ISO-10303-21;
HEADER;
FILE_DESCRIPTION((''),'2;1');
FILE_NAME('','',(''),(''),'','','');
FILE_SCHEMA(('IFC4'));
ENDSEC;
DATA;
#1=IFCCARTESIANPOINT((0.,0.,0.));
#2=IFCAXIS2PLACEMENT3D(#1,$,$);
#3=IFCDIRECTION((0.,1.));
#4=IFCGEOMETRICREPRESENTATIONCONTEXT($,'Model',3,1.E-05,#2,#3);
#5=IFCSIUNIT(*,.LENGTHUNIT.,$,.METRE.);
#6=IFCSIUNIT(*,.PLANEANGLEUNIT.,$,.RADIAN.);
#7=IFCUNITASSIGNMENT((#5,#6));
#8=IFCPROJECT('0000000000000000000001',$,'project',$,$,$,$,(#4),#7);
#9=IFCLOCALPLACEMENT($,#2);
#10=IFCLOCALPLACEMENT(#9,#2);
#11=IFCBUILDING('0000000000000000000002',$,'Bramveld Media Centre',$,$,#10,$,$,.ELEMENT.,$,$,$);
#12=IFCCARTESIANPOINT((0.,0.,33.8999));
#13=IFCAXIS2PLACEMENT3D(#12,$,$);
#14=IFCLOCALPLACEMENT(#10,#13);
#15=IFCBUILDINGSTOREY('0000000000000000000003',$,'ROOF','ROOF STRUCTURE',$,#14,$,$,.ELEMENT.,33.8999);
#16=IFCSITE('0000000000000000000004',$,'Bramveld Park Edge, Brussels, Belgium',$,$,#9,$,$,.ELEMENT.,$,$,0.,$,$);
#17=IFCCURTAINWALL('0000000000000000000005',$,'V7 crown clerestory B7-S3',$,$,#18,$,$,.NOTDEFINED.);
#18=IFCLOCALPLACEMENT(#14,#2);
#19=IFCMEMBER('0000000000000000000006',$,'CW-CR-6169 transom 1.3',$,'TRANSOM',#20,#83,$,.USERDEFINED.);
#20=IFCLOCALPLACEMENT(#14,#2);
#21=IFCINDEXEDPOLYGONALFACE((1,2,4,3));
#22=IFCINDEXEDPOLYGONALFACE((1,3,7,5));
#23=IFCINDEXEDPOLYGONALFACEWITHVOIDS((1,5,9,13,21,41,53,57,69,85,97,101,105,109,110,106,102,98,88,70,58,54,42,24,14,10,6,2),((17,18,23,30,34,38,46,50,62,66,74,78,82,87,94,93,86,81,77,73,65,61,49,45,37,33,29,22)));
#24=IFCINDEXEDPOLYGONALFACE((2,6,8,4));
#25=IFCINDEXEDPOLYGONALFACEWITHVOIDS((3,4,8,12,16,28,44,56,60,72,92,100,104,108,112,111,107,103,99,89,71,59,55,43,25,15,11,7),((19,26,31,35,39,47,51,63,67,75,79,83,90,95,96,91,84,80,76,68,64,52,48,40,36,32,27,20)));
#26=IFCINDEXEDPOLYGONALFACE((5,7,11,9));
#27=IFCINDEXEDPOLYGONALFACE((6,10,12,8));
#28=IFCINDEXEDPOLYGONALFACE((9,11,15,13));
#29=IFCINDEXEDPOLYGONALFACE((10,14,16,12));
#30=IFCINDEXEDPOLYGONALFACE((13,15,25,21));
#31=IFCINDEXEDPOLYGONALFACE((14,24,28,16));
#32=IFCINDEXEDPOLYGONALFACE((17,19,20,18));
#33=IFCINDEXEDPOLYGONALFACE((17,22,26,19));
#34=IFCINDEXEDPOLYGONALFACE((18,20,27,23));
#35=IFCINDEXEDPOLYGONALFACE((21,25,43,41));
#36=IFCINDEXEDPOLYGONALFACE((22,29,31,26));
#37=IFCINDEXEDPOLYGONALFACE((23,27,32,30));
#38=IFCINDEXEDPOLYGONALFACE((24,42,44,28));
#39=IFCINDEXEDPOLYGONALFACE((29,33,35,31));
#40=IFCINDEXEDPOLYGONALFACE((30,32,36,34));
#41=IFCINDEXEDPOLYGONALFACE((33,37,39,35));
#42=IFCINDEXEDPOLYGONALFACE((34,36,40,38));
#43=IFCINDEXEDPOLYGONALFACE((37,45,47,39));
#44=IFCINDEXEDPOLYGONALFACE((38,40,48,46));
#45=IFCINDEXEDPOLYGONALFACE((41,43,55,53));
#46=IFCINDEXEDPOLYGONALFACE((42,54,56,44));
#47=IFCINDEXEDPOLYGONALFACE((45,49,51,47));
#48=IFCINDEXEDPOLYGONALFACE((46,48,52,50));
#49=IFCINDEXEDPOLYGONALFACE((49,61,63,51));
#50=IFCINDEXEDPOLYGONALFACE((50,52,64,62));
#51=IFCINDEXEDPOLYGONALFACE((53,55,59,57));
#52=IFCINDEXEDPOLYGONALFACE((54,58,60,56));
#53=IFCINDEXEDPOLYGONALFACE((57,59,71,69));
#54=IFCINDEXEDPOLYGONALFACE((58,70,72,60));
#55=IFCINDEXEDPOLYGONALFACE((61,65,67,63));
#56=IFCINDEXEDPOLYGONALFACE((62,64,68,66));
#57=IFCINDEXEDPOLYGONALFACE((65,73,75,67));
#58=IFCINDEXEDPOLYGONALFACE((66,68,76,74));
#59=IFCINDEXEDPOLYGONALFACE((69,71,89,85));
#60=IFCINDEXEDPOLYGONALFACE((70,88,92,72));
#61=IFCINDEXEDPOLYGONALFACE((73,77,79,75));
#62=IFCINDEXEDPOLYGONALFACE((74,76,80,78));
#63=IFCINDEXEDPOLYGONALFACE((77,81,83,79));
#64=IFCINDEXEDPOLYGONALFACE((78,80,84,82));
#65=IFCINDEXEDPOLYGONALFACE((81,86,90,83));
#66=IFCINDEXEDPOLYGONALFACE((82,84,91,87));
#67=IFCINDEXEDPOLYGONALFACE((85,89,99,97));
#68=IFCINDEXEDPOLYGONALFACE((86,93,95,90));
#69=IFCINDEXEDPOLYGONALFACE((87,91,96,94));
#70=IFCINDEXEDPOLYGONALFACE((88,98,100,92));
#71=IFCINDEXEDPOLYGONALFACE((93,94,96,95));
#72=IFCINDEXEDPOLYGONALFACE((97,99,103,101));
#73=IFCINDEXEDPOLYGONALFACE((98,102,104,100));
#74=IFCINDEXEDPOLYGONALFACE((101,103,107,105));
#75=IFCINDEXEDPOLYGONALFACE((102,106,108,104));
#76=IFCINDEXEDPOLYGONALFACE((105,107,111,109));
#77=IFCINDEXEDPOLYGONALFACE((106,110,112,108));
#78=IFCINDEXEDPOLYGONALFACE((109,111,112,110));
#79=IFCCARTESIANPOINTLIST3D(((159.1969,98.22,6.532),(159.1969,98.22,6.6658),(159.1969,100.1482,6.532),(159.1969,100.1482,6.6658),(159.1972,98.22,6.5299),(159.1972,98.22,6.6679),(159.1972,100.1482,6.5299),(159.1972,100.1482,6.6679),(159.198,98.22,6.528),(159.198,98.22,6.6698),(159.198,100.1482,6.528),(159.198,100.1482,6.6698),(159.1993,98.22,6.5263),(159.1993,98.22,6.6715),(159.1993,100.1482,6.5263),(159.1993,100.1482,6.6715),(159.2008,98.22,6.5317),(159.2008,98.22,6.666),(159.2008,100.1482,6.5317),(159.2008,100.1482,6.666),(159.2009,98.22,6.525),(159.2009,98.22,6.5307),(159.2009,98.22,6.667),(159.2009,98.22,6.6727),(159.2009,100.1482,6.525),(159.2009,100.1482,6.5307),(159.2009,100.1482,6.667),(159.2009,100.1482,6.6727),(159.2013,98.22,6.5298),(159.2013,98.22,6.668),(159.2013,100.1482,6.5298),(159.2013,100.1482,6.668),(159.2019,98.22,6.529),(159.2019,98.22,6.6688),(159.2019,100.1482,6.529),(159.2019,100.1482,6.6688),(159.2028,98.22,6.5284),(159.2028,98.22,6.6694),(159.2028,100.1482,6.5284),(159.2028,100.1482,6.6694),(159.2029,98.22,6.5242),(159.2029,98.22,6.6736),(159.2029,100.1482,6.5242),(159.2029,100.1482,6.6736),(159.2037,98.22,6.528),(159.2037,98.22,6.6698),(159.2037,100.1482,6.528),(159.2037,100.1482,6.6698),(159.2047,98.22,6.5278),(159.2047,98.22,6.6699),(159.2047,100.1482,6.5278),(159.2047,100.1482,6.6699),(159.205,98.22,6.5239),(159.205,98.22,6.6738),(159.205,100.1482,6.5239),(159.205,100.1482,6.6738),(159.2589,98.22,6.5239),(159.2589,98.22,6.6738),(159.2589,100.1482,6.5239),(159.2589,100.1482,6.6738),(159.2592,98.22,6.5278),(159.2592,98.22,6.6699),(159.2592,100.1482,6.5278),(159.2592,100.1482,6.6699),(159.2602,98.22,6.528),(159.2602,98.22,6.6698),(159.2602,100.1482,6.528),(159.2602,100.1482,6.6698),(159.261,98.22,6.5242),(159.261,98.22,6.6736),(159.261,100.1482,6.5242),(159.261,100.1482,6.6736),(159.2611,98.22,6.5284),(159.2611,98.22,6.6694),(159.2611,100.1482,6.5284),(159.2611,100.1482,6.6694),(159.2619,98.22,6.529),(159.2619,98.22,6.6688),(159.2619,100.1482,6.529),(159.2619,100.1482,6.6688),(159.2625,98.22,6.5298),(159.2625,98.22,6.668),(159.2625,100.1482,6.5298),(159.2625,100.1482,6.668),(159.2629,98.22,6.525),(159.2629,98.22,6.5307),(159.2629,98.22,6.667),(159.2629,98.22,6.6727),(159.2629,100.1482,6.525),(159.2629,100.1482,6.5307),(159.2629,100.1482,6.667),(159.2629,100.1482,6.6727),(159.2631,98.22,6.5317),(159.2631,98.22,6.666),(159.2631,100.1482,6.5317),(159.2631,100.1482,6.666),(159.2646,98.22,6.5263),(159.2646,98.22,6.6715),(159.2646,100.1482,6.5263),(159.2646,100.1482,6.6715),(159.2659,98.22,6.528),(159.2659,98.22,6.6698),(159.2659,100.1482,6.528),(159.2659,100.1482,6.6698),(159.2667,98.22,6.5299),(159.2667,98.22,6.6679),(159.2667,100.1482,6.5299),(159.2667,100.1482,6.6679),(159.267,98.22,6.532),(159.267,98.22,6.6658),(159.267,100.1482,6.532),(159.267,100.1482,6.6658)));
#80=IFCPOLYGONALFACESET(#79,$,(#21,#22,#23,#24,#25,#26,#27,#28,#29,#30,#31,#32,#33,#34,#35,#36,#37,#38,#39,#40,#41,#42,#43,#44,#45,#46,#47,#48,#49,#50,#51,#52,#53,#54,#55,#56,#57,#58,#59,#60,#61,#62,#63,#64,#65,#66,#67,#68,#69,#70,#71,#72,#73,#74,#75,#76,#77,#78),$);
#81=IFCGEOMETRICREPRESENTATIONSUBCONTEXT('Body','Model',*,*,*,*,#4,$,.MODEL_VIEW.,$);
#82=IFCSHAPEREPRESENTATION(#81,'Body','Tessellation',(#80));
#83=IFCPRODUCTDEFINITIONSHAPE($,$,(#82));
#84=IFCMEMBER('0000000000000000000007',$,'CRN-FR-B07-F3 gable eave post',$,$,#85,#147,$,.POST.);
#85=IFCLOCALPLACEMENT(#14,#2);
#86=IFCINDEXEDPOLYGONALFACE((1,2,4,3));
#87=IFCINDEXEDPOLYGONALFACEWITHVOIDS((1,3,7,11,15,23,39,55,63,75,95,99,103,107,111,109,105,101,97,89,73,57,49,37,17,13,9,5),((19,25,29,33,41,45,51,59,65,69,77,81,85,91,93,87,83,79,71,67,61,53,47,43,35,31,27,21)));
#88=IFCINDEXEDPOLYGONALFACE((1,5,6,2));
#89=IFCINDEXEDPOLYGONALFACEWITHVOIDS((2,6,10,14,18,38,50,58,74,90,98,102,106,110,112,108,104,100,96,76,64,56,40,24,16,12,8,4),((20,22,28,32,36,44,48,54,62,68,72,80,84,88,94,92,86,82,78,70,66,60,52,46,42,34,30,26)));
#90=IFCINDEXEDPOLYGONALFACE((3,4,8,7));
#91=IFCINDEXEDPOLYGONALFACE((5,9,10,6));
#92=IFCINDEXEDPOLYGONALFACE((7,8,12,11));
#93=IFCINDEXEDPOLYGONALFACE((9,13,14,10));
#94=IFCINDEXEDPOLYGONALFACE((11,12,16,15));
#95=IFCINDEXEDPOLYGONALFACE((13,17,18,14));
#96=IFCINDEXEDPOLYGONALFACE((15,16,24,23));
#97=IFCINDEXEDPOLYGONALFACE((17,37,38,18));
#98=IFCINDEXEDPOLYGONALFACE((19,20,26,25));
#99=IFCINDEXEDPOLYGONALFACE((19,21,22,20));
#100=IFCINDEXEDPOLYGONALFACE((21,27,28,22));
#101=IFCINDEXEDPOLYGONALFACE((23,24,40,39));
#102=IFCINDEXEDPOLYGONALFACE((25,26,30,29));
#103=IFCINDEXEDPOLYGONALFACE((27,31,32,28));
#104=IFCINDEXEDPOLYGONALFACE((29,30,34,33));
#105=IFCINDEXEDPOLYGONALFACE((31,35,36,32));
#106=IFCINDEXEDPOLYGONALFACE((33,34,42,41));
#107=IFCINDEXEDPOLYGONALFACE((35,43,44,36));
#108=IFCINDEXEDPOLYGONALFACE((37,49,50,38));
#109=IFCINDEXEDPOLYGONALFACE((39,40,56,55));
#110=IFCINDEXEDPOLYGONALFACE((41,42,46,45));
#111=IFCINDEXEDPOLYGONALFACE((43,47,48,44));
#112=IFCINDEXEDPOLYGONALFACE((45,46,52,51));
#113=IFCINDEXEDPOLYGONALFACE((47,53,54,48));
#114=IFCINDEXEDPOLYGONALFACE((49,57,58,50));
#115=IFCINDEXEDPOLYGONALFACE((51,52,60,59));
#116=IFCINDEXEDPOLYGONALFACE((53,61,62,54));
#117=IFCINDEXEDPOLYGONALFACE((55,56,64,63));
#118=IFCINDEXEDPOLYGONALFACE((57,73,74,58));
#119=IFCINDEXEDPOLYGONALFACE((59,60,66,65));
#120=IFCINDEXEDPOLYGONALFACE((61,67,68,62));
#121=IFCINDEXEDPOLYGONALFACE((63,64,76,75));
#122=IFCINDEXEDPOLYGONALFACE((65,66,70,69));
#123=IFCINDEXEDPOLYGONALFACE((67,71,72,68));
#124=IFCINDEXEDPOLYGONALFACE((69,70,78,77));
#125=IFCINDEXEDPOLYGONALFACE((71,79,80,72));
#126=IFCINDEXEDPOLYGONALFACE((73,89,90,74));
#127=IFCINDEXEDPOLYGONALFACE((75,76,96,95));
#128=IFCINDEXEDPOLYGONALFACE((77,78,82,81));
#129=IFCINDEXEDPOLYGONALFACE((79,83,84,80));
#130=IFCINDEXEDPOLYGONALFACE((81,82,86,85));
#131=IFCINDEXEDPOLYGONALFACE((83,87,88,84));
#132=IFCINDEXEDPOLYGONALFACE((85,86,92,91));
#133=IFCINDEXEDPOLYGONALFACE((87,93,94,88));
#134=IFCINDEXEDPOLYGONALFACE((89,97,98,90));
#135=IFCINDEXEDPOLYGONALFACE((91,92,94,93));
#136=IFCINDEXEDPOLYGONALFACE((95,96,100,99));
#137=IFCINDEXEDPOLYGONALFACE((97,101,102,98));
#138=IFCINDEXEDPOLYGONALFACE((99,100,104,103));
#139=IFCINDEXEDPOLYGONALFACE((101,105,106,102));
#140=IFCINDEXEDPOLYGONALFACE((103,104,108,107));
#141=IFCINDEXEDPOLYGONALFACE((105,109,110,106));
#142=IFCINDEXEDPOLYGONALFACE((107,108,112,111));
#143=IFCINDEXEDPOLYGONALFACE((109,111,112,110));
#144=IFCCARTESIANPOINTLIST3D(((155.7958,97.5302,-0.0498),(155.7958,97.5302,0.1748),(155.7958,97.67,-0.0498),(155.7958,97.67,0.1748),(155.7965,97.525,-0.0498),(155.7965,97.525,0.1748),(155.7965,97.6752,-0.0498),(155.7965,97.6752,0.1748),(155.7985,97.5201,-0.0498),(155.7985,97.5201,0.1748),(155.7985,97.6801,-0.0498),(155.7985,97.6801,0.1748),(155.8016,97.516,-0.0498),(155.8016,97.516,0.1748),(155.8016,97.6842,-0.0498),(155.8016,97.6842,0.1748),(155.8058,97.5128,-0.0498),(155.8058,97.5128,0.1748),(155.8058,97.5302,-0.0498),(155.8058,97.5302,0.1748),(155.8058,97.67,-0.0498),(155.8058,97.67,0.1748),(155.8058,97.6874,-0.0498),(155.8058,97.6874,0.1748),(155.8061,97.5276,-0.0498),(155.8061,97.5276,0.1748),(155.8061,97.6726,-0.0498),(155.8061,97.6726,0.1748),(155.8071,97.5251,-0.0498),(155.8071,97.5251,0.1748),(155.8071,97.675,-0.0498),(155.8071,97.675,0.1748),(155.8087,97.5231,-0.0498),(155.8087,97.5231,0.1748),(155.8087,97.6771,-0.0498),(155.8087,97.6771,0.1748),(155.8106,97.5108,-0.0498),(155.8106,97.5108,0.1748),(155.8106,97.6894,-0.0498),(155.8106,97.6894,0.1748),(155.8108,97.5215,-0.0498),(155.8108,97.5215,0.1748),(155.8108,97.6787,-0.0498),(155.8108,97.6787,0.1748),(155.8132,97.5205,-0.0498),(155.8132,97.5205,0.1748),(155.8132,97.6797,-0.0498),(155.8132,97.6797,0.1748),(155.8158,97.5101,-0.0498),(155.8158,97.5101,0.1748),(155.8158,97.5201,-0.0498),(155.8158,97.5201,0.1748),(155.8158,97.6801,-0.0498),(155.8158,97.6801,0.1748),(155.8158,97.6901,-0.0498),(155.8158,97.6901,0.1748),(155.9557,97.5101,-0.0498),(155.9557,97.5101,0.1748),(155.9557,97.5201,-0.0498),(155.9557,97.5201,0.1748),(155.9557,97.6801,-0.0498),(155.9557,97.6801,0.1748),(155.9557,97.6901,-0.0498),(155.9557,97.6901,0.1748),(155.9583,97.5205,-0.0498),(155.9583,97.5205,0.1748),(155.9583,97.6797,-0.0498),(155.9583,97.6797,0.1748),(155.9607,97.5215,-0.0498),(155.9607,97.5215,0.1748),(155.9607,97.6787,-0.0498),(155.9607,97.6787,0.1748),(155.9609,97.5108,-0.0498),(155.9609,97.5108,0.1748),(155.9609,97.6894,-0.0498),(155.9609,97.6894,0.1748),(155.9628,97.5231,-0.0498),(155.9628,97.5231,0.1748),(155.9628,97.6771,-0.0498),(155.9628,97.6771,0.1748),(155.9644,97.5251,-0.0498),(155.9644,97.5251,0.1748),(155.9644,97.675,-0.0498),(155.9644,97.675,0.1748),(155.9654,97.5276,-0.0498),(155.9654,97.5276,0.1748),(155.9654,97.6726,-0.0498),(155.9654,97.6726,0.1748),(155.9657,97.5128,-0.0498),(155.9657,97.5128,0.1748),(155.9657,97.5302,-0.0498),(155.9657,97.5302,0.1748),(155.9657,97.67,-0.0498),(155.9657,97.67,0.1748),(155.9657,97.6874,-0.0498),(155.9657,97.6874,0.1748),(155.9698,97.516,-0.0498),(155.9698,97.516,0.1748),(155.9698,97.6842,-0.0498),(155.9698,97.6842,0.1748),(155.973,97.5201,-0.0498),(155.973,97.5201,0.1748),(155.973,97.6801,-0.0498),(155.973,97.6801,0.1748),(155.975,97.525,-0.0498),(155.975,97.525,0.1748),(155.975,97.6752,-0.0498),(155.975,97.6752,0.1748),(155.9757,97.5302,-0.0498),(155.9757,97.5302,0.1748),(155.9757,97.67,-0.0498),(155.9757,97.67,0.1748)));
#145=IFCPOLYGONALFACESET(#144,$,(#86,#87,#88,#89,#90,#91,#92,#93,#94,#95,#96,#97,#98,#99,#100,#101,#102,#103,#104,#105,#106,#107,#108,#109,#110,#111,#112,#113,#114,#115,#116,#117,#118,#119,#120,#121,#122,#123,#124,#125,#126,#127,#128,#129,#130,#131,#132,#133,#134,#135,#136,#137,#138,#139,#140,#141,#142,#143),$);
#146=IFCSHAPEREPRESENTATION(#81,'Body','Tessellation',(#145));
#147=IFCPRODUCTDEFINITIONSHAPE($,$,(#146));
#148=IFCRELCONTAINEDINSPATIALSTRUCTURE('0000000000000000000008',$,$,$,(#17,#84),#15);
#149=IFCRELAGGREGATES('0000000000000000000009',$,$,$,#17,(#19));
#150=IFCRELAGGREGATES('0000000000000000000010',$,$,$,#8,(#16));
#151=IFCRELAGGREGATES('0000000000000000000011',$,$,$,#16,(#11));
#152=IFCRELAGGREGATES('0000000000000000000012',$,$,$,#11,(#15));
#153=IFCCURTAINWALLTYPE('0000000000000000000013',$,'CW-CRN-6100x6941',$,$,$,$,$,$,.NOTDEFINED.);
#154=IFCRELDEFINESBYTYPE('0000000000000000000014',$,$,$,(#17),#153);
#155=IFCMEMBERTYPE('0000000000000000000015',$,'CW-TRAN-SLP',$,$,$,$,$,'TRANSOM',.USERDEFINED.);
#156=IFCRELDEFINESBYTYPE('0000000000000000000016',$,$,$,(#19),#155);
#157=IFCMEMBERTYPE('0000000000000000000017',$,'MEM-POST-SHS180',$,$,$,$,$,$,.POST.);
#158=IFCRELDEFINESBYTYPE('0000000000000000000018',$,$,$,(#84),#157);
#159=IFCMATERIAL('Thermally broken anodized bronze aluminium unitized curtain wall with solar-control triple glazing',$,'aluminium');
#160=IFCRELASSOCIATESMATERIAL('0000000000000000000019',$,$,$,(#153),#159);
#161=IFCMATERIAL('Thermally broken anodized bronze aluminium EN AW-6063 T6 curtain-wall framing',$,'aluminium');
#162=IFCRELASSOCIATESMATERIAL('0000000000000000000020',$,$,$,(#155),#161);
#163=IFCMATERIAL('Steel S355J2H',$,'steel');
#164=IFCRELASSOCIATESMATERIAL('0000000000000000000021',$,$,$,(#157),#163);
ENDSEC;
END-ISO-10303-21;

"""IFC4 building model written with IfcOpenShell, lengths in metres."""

from ifc_helpers import new_model, si_unit, direction, frame, origin, origin_2d, place, context, subcontext, project, spatial, hollow_rectangle, extrude, material, material_profile, profile_set, type_object, element, aggregate, save


model = new_model("IFC4")

# Units and contexts
model_context = context("Model", 3, precision=1e-05, world=origin(), true_north=direction((0.0, 1.0)))
body_context = subcontext(model_context, "Body", "Model", "MODEL_VIEW")
ifc_project = project(units=[si_unit("LENGTHUNIT", "METRE"), si_unit("PLANEANGLEUNIT", "RADIAN")], contexts=[model_context])

# Site, building, storey
site_placement = place(None, origin())
site = spatial("IfcSite", under=ifc_project, at=site_placement, Name="Bramveld Park Edge, Brussels, Belgium", CompositionType="ELEMENT", RefElevation=0.0)
building_placement = place(site_placement, origin())
building = spatial("IfcBuilding", under=site, at=building_placement, Name="Bramveld Media Centre", CompositionType="ELEMENT")
storey_placement = place(building_placement, frame((0.0, 0.0, 33.8999)))
storey = spatial("IfcBuildingStorey", under=building, at=storey_placement, Name="ROOF", Description="ROOF STRUCTURE", CompositionType="ELEMENT", Elevation=33.8999)

# Curtain wall
ifc_material_1 = material(Name="Thermally broken anodized bronze aluminium unitized curtain wall with solar-control triple glazing", Category="aluminium")
curtain_wall_type = type_object("IfcCurtainWallType", Name="CW-CRN-6100x6941", PredefinedType="NOTDEFINED", material=ifc_material_1)
curtain_wall_1_placement = place(storey_placement, origin())
curtain_wall_1 = element("IfcCurtainWall", 1, at=curtain_wall_1_placement, inside=storey, type_object=curtain_wall_type, Name="V7 crown clerestory B7-S3", PredefinedType="NOTDEFINED")

# Member
ifc_material_2 = material(Name="Thermally broken anodized bronze aluminium EN AW-6063 T6 curtain-wall framing", Category="aluminium")
ifc_material_profile_1 = material_profile(ifc_material_2, hollow_rectangle(XDim=0.0701, YDim=0.1499, WallThickness=0.0039, InnerFilletRadius=0.0039, OuterFilletRadius=0.0081, at=origin_2d()), Name="AL-TRAN 70x150")
ifc_profile_set_1 = profile_set([ifc_material_profile_1], Name="Thermally broken anodized bronze aluminium EN AW-6063 T6 curtain-wall framing")
member_type_1 = type_object("IfcMemberType", Name="CW-TRAN-SLP", ElementType="TRANSOM", PredefinedType="USERDEFINED", material=ifc_profile_set_1)
member_1_placement = place(storey_placement, frame((159.2319, 98.22, 6.5989), z_axis=(0.0, 1.0, 0.0), x_axis=(-1.0, 0.0, 0.0)))
member_1 = element("IfcMember", 2, at=member_1_placement, type_object=member_type_1, Name="CW-CR-6169 transom 1.3", ObjectType="TRANSOM", PredefinedType="USERDEFINED", context=body_context, shape_type="SweptSolid", body=[
    extrude(hollow_rectangle(XDim=0.0701, YDim=0.1499, WallThickness=0.0039, InnerFilletRadius=0.0039, OuterFilletRadius=0.0081, at=origin_2d()), origin(), (0.0, 0.0, 1.0), 1.9282),
])

# Member
ifc_material_3 = material(Name="Steel S355J2H", Category="steel")
ifc_material_profile_2 = material_profile(ifc_material_3, hollow_rectangle(XDim=0.1799, YDim=0.1799, WallThickness=0.01, InnerFilletRadius=0.01, OuterFilletRadius=0.02, at=origin_2d()), Name="SHS 180x180x10")
ifc_profile_set_2 = profile_set([ifc_material_profile_2], Name="Steel S355J2H")
member_type_2 = type_object("IfcMemberType", Name="MEM-POST-SHS180", PredefinedType="POST", material=ifc_profile_set_2)
member_2_placement = place(storey_placement, frame((155.8857, 97.6001, -0.0498), z_axis=(0.0, 0.0, 1.0), x_axis=(1.0, 0.0, 0.0)))
element("IfcMember", 3, at=member_2_placement, inside=storey, type_object=member_type_2, Name="CRN-FR-B07-F3 gable eave post", PredefinedType="POST", context=body_context, shape_type="SweptSolid", body=[
    extrude(hollow_rectangle(XDim=0.1799, YDim=0.1799, WallThickness=0.01, InnerFilletRadius=0.01, OuterFilletRadius=0.02, at=origin_2d()), origin(), (0.0, 0.0, 1.0), 0.2246),
])

aggregate(curtain_wall_1, [member_1])

save(model, "model.ifc")
